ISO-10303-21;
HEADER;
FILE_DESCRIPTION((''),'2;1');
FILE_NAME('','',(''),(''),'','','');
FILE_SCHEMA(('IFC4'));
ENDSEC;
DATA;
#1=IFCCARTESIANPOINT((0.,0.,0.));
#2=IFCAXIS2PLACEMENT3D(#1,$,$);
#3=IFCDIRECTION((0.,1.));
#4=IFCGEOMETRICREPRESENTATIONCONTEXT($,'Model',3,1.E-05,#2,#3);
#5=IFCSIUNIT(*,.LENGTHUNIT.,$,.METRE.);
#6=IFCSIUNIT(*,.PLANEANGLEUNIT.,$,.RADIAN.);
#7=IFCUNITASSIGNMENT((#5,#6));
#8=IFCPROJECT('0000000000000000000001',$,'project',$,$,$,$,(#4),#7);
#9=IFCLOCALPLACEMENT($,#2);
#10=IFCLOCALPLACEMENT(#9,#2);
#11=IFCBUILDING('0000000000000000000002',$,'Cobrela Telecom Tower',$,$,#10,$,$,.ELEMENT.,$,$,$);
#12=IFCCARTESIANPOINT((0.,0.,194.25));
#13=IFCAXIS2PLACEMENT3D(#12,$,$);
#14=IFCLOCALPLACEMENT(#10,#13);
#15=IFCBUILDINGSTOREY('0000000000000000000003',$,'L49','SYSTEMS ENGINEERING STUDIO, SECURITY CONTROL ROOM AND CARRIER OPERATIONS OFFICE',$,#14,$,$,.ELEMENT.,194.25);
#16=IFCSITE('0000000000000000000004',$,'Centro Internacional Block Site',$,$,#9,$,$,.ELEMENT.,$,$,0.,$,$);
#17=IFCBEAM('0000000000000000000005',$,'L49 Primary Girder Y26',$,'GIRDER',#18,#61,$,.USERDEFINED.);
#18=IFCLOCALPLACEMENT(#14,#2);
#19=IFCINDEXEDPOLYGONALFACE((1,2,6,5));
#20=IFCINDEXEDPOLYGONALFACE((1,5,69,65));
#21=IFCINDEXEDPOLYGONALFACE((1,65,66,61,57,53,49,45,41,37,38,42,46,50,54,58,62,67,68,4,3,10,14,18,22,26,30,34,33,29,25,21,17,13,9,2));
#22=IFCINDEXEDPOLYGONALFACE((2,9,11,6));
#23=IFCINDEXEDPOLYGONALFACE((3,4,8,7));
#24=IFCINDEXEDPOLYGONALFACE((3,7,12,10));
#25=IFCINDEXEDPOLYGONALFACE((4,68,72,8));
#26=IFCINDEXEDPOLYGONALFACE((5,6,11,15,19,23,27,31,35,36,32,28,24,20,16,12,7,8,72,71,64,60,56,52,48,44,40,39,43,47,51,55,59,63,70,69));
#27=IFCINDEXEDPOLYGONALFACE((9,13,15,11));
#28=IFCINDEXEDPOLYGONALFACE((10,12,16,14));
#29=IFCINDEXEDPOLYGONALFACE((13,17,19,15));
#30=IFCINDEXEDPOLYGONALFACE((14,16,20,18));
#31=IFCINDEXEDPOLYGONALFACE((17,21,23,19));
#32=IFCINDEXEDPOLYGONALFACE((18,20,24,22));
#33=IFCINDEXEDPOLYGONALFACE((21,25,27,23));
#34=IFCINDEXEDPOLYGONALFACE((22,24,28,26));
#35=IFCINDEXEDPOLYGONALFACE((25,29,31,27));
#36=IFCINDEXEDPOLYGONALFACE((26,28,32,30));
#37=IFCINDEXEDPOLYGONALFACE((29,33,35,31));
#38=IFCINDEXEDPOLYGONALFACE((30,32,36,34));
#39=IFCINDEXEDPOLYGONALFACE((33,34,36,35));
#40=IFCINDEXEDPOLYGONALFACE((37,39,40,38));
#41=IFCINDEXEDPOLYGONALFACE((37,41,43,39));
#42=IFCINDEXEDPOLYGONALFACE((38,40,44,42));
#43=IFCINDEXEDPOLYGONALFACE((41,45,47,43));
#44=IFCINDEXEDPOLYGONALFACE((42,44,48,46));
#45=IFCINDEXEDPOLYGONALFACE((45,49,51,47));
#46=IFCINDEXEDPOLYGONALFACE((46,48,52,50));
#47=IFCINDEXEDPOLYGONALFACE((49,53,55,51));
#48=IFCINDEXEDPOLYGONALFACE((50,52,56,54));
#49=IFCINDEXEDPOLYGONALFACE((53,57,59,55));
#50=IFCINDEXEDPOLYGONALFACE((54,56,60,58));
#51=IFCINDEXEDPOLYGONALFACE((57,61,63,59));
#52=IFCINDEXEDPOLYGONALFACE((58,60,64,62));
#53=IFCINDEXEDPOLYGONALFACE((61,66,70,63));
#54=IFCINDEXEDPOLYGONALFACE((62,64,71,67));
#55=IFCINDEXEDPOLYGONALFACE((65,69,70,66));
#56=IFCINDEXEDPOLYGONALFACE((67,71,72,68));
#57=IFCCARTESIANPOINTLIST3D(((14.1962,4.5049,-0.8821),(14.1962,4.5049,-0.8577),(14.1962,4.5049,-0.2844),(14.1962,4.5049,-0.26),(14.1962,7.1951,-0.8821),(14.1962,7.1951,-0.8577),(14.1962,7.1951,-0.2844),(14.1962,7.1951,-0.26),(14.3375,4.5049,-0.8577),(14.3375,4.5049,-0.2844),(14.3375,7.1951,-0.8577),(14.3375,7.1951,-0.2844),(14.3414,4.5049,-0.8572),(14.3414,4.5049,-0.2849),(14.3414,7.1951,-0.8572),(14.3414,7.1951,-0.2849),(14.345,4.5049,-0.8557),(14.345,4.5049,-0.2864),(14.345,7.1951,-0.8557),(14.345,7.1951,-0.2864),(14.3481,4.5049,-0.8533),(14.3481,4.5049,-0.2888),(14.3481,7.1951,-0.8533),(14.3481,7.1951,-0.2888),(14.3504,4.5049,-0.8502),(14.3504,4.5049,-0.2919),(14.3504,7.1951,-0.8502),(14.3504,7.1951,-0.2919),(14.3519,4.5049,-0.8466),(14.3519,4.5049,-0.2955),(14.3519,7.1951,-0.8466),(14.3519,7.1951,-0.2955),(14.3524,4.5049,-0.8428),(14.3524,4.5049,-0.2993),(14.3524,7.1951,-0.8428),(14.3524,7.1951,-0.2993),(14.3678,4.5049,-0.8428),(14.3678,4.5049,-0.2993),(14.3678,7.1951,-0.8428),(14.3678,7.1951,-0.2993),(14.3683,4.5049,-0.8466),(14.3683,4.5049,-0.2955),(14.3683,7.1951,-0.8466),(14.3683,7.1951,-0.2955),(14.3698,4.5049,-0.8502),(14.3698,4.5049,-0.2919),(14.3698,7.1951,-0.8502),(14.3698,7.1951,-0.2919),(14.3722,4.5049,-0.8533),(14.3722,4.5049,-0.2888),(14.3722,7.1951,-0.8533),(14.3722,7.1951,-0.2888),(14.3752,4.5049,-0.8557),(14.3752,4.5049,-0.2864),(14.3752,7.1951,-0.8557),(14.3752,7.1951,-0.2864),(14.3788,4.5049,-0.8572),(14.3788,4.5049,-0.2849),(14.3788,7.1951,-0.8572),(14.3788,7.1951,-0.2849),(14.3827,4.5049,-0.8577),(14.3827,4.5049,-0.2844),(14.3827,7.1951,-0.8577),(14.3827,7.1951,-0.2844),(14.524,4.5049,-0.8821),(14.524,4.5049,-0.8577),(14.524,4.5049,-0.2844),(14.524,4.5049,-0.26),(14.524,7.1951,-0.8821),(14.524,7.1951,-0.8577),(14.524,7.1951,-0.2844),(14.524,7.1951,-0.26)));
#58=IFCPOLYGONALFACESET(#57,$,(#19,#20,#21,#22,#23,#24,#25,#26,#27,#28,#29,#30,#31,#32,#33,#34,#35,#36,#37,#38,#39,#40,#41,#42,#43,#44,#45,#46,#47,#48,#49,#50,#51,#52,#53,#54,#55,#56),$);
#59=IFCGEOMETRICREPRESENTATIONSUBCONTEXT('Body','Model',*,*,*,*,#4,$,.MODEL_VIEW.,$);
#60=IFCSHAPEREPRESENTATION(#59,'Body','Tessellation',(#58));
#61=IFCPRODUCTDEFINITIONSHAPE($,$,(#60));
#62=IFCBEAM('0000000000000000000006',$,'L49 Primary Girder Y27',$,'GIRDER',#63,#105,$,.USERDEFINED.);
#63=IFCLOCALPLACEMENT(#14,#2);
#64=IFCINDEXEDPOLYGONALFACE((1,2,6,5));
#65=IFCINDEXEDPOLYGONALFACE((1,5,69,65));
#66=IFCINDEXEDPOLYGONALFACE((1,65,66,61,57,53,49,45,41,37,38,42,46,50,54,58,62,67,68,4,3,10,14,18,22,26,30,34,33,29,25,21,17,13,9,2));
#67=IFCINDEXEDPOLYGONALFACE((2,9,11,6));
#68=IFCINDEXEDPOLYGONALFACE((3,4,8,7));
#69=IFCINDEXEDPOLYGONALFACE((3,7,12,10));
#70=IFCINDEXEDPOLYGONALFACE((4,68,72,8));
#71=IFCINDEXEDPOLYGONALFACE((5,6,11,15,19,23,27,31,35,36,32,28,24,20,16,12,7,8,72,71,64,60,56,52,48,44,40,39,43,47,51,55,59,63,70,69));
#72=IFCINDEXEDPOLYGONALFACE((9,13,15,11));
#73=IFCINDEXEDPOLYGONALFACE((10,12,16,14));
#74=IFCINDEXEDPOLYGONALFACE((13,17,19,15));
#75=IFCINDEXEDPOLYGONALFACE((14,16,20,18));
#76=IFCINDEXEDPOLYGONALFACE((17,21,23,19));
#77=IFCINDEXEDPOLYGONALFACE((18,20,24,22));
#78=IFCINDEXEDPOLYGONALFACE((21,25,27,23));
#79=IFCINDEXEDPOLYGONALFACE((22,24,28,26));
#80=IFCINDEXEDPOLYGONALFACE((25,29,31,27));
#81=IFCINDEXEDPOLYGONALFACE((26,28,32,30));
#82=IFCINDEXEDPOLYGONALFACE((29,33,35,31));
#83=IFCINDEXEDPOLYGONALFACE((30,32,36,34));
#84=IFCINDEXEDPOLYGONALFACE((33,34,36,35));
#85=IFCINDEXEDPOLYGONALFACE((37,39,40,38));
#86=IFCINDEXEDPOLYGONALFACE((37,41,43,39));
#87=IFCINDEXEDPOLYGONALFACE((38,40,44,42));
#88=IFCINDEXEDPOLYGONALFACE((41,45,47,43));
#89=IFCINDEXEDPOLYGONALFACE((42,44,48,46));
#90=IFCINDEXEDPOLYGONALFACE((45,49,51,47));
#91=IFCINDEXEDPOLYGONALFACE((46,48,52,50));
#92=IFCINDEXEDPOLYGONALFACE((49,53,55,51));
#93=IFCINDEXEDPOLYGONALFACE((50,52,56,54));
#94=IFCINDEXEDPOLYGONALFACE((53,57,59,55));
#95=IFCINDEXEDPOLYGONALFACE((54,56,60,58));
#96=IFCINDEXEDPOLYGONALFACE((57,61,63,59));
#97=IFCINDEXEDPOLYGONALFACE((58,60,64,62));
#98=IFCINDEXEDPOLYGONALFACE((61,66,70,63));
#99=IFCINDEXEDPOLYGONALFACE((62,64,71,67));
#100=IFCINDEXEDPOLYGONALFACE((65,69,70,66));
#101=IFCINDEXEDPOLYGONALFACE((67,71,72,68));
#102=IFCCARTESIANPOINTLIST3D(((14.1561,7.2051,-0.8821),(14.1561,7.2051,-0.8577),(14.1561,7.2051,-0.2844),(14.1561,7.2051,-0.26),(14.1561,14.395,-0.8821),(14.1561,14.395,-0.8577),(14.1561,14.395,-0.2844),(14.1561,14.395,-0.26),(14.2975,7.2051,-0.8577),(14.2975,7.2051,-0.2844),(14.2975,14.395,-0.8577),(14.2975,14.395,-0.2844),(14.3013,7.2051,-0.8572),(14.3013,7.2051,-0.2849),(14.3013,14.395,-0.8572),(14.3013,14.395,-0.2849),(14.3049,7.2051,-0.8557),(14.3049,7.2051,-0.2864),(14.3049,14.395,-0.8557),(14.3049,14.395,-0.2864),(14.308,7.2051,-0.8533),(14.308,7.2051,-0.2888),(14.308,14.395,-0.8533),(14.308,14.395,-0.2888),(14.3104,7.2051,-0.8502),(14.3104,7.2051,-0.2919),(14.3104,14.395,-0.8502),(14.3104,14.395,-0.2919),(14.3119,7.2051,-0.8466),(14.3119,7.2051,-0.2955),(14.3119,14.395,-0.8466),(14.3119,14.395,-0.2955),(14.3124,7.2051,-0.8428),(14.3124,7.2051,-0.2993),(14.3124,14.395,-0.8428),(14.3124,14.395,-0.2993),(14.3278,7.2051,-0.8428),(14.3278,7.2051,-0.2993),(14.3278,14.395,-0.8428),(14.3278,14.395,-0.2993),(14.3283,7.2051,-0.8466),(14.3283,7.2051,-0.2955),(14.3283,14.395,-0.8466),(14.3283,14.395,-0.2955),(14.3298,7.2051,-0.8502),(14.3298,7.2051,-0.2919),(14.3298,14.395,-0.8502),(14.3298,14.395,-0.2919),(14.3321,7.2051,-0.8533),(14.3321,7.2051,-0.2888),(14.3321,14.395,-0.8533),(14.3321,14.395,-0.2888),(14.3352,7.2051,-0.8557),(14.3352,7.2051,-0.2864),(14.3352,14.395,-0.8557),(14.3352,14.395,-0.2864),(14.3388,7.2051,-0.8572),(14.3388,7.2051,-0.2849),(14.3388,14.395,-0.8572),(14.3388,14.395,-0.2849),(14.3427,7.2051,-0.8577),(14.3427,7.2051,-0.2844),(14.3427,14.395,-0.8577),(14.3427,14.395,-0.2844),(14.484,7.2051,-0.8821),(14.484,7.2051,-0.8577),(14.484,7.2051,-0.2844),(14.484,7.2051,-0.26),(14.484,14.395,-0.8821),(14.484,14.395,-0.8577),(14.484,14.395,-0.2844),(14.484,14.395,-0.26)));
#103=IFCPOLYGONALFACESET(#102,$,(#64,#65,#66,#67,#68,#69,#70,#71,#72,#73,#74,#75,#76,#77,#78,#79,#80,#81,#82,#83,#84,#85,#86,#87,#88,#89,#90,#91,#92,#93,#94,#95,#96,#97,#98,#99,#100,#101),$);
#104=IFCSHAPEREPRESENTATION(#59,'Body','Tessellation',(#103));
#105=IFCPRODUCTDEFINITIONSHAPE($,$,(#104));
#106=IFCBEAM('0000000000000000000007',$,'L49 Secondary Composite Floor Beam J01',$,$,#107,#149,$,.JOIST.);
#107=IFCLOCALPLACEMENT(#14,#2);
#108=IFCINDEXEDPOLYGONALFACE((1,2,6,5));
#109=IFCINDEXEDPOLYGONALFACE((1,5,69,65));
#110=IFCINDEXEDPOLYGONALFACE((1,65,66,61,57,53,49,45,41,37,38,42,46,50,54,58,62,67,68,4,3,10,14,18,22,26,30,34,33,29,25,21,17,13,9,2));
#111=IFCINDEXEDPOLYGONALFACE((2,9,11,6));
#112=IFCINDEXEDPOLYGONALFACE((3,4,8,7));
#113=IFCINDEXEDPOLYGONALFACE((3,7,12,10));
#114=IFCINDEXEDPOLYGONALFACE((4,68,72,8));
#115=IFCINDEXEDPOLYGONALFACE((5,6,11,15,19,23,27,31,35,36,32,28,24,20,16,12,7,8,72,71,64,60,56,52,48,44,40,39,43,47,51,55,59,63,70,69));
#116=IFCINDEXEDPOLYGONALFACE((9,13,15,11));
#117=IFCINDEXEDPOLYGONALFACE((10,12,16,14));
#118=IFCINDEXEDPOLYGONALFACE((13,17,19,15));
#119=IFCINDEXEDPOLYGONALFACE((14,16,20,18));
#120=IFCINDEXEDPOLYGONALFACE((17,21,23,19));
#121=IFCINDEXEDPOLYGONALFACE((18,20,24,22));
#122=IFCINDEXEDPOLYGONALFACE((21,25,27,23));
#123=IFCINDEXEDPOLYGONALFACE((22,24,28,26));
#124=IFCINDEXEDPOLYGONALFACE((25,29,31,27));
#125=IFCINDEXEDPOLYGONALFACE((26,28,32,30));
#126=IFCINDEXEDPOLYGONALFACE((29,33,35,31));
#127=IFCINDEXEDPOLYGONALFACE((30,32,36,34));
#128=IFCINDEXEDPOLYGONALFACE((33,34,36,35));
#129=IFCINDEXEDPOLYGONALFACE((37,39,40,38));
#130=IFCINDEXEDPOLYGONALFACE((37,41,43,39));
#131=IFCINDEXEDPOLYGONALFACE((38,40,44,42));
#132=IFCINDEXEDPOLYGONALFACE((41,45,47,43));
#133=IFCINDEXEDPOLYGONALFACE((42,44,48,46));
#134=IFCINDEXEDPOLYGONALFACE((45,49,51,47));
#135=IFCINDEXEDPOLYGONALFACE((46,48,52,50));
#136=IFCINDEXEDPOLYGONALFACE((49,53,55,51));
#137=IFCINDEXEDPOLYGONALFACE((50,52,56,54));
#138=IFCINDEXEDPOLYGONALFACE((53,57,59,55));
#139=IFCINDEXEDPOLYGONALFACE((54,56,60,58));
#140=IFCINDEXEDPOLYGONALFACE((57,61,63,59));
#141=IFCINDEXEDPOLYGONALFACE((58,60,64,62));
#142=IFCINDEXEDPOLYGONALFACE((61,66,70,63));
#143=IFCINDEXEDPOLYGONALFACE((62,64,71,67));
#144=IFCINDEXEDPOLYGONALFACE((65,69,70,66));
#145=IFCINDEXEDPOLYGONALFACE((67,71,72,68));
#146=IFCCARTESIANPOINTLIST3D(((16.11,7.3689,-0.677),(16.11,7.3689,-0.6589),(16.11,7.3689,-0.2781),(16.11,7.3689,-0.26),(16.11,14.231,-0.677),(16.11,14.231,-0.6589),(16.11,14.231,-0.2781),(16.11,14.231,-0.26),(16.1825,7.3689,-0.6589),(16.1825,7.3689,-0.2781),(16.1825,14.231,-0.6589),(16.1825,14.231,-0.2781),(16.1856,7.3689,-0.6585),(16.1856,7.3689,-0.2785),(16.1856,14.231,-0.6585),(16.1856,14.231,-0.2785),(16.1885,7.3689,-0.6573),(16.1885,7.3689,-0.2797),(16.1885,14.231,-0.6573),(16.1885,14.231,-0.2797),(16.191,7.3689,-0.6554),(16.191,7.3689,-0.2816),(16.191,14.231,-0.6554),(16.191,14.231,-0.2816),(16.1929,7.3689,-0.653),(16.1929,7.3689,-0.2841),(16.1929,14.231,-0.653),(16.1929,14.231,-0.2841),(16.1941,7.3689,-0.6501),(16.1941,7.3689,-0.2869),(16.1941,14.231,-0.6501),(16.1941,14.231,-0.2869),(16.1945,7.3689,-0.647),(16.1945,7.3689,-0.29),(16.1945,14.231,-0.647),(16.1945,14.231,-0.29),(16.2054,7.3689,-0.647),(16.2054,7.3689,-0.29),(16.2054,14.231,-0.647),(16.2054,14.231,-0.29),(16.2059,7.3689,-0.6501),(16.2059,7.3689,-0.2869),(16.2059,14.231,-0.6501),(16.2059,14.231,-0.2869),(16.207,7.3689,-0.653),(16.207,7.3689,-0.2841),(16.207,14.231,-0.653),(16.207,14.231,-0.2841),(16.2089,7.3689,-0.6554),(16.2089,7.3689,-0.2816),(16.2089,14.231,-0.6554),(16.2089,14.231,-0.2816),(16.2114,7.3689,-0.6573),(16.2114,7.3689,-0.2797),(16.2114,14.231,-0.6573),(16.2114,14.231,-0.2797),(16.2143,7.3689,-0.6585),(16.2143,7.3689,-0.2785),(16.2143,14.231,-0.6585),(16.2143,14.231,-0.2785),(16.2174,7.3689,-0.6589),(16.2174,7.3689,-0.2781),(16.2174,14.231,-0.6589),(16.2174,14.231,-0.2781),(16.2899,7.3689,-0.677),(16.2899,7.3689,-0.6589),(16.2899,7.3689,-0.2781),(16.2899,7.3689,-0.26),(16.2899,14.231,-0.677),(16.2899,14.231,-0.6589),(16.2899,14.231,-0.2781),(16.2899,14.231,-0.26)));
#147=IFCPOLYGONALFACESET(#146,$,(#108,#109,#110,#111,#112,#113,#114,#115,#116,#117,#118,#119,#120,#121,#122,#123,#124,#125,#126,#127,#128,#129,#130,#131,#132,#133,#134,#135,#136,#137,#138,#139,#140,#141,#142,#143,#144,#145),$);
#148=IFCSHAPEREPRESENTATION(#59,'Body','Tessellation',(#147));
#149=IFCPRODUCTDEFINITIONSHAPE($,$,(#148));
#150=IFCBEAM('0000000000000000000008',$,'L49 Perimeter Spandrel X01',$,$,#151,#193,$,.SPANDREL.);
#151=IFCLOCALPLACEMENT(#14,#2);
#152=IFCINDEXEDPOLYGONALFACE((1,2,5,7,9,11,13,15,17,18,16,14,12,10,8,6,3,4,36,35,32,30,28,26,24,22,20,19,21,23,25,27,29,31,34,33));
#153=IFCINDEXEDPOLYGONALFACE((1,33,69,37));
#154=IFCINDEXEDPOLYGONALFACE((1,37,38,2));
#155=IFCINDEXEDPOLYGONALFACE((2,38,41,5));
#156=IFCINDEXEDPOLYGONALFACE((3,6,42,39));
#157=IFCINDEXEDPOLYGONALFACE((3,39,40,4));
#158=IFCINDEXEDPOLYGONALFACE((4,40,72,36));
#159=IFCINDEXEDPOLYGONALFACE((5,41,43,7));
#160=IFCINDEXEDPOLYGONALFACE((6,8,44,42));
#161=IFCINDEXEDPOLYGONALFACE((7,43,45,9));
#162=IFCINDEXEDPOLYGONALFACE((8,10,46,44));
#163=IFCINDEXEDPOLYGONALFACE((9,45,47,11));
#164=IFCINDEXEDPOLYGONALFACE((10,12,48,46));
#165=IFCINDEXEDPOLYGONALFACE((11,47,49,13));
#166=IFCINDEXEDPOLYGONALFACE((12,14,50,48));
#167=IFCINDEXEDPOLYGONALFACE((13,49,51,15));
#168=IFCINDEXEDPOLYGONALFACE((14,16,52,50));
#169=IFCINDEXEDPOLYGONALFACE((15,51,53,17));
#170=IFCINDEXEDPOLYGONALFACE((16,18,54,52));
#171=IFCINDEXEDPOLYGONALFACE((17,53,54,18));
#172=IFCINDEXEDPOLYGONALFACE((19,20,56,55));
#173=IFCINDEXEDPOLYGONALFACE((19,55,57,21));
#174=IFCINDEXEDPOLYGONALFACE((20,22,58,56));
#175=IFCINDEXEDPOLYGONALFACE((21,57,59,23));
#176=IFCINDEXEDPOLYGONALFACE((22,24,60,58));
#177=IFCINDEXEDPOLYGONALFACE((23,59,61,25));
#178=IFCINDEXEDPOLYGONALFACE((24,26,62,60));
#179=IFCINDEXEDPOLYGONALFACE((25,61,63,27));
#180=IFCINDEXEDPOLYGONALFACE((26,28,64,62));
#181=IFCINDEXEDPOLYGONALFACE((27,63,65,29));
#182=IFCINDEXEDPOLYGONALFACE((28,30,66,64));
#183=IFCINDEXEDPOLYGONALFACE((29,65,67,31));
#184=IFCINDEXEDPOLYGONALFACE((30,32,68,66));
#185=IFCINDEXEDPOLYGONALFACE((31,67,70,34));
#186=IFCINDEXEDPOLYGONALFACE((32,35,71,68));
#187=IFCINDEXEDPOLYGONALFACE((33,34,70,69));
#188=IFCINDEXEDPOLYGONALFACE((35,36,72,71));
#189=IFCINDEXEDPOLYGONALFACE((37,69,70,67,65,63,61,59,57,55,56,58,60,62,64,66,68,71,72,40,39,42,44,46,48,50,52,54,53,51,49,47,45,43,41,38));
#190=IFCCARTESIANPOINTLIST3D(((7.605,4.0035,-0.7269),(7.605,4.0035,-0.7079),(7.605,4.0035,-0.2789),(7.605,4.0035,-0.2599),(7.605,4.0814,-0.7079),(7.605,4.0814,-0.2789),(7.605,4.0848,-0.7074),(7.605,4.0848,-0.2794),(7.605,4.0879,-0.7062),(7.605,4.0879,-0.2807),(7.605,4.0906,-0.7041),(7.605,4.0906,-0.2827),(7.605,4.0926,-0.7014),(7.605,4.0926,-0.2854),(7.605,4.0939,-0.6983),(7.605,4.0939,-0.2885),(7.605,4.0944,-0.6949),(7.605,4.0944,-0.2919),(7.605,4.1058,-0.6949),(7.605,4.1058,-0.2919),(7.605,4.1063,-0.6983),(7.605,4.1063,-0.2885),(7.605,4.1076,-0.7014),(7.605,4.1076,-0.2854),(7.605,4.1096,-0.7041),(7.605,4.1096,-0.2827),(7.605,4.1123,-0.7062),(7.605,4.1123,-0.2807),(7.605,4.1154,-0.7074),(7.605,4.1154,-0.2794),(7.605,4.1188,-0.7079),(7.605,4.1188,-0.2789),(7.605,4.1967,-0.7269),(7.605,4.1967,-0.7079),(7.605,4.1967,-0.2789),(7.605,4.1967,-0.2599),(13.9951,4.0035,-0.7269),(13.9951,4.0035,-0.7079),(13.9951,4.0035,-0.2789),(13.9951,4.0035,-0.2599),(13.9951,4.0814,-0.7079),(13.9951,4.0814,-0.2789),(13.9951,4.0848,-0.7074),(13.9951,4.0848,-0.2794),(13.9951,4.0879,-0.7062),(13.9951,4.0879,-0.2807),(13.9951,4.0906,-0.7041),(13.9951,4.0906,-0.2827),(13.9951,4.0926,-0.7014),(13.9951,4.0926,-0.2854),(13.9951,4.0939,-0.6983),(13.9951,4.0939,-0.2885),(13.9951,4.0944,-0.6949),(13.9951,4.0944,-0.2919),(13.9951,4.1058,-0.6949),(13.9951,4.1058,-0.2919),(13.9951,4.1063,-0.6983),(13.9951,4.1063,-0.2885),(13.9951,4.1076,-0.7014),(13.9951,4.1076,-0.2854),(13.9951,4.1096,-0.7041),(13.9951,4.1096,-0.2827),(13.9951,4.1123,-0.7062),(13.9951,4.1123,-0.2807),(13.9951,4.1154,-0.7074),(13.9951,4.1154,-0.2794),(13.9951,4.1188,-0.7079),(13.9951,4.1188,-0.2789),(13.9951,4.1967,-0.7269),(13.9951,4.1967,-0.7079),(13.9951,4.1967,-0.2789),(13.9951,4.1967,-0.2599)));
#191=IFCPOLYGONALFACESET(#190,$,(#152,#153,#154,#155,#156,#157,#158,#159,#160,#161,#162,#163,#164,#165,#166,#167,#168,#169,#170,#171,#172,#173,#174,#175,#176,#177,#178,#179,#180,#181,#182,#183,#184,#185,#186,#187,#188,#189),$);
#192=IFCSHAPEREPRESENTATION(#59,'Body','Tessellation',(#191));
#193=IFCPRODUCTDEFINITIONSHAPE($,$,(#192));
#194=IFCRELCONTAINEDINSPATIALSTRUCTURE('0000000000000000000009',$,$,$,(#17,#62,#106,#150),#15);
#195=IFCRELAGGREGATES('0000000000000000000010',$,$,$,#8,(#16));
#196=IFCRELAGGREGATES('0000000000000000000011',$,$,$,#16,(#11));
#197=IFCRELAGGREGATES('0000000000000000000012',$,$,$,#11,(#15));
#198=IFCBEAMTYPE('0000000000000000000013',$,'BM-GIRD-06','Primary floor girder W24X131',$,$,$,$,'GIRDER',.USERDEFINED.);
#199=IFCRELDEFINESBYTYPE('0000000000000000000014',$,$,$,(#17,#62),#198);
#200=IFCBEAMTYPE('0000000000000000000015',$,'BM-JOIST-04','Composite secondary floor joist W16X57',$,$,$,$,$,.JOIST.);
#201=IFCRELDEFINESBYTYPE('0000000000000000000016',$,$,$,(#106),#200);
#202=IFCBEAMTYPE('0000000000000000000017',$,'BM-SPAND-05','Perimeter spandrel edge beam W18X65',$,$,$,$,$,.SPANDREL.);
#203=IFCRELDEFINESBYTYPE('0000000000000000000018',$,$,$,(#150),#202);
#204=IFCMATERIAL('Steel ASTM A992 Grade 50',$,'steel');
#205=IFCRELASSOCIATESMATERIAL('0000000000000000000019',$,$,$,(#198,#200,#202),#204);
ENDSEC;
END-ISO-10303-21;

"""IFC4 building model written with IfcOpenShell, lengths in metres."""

from ifc_helpers import new_model, si_unit, direction, frame, origin, origin_2d, place, context, subcontext, project, spatial, i_section, extrude, material, material_profile, profile_set, type_object, element, save


model = new_model("IFC4")

# Units and contexts
model_context = context("Model", 3, precision=1e-05, world=origin(), true_north=direction((0.0, 1.0)))
body_context = subcontext(model_context, "Body", "Model", "MODEL_VIEW")
ifc_project = project(units=[si_unit("LENGTHUNIT", "METRE"), si_unit("PLANEANGLEUNIT", "RADIAN")], contexts=[model_context])

# Site, building, storey
site_placement = place(None, origin())
site = spatial("IfcSite", under=ifc_project, at=site_placement, Name="Centro Internacional Block Site", CompositionType="ELEMENT", RefElevation=0.0)
building_placement = place(site_placement, origin())
building = spatial("IfcBuilding", under=site, at=building_placement, Name="Cobrela Telecom Tower", CompositionType="ELEMENT")
storey_placement = place(building_placement, frame((0.0, 0.0, 194.25)))
storey = spatial("IfcBuildingStorey", under=building, at=storey_placement, Name="L49", Description="SYSTEMS ENGINEERING STUDIO, SECURITY CONTROL ROOM AND CARRIER OPERATIONS OFFICE", CompositionType="ELEMENT", Elevation=194.25)

# Beams
ifc_material_1 = material(Name="Steel ASTM A992 Grade 50", Category="steel")
ifc_material_profile_1 = material_profile(ifc_material_1, i_section(OverallWidth=0.3279, OverallDepth=0.6221, WebThickness=0.0154, FlangeThickness=0.0244, FilletRadius=0.0149, at=origin_2d()), Name="W24X131")
ifc_profile_set_1 = profile_set([ifc_material_profile_1], Name="Steel ASTM A992 Grade 50")
beam_type_1 = type_object("IfcBeamType", Name="BM-GIRD-06", Description="Primary floor girder W24X131", ElementType="GIRDER", PredefinedType="USERDEFINED", material=ifc_profile_set_1)
beam_1_placement = place(storey_placement, frame((14.3601, 4.5049, -0.571), z_axis=(0.0, 1.0, 0.0), x_axis=(-1.0, 0.0, 0.0)))
element("IfcBeam", 1, at=beam_1_placement, inside=storey, type_object=beam_type_1, Name="L49 Primary Girder Y26", ObjectType="GIRDER", PredefinedType="USERDEFINED", context=body_context, shape_type="SweptSolid", body=[
    extrude(i_section(OverallWidth=0.3279, OverallDepth=0.6221, WebThickness=0.0154, FlangeThickness=0.0244, FilletRadius=0.0149, at=origin_2d()), origin(), (0.0, 0.0, 1.0), 2.6902),
])
beam_2_placement = place(storey_placement, frame((14.3201, 7.2051, -0.571), z_axis=(0.0, 1.0, 0.0), x_axis=(-1.0, 0.0, 0.0)))
element("IfcBeam", 2, at=beam_2_placement, inside=storey, type_object=beam_type_1, Name="L49 Primary Girder Y27", ObjectType="GIRDER", PredefinedType="USERDEFINED", context=body_context, shape_type="SweptSolid", body=[
    extrude(i_section(OverallWidth=0.3279, OverallDepth=0.6221, WebThickness=0.0154, FlangeThickness=0.0244, FilletRadius=0.0149, at=origin_2d()), origin(), (0.0, 0.0, 1.0), 7.1899),
])
ifc_material_profile_2 = material_profile(ifc_material_1, i_section(OverallWidth=0.1799, OverallDepth=0.417, WebThickness=0.011, FlangeThickness=0.0181, FilletRadius=0.012, at=origin_2d()), Name="W16X57")
ifc_profile_set_2 = profile_set([ifc_material_profile_2], Name="Steel ASTM A992 Grade 50")
beam_type_2 = type_object("IfcBeamType", Name="BM-JOIST-04", Description="Composite secondary floor joist W16X57", PredefinedType="JOIST", material=ifc_profile_set_2)
beam_3_placement = place(storey_placement, frame((16.2, 7.3689, -0.4685), z_axis=(0.0, 1.0, 0.0), x_axis=(-1.0, 0.0, 0.0)))
element("IfcBeam", 3, at=beam_3_placement, inside=storey, type_object=beam_type_2, Name="L49 Secondary Composite Floor Beam J01", PredefinedType="JOIST", context=body_context, shape_type="SweptSolid", body=[
    extrude(i_section(OverallWidth=0.1799, OverallDepth=0.417, WebThickness=0.011, FlangeThickness=0.0181, FilletRadius=0.012, at=origin_2d()), origin(), (0.0, 0.0, 1.0), 6.8621),
])
ifc_material_profile_3 = material_profile(ifc_material_1, i_section(OverallWidth=0.1931, OverallDepth=0.467, WebThickness=0.0115, FlangeThickness=0.019, FilletRadius=0.0129, at=origin_2d()), Name="W18X65")
ifc_profile_set_3 = profile_set([ifc_material_profile_3], Name="Steel ASTM A992 Grade 50")
beam_type_3 = type_object("IfcBeamType", Name="BM-SPAND-05", Description="Perimeter spandrel edge beam W18X65", PredefinedType="SPANDREL", material=ifc_profile_set_3)
for number, where, z_axis, x_axis, name in (
    (4, (7.605, 4.1001, -0.4934), (1.0, 0.0, 0.0), (0.0, 1.0, 0.0), "L49 Perimeter Spandrel X01"),
):
    element("IfcBeam", number, at=place(storey_placement, frame(where, z_axis=z_axis, x_axis=x_axis)), inside=storey, type_object=beam_type_3, Name=name, PredefinedType="SPANDREL", context=body_context, shape_type="SweptSolid", body=[
        extrude(i_section(OverallWidth=0.1931, OverallDepth=0.467, WebThickness=0.0115, FlangeThickness=0.019, FilletRadius=0.0129, at=origin_2d()), origin(), (0.0, 0.0, 1.0), 6.3901),
    ])

save(model, "model.ifc")
